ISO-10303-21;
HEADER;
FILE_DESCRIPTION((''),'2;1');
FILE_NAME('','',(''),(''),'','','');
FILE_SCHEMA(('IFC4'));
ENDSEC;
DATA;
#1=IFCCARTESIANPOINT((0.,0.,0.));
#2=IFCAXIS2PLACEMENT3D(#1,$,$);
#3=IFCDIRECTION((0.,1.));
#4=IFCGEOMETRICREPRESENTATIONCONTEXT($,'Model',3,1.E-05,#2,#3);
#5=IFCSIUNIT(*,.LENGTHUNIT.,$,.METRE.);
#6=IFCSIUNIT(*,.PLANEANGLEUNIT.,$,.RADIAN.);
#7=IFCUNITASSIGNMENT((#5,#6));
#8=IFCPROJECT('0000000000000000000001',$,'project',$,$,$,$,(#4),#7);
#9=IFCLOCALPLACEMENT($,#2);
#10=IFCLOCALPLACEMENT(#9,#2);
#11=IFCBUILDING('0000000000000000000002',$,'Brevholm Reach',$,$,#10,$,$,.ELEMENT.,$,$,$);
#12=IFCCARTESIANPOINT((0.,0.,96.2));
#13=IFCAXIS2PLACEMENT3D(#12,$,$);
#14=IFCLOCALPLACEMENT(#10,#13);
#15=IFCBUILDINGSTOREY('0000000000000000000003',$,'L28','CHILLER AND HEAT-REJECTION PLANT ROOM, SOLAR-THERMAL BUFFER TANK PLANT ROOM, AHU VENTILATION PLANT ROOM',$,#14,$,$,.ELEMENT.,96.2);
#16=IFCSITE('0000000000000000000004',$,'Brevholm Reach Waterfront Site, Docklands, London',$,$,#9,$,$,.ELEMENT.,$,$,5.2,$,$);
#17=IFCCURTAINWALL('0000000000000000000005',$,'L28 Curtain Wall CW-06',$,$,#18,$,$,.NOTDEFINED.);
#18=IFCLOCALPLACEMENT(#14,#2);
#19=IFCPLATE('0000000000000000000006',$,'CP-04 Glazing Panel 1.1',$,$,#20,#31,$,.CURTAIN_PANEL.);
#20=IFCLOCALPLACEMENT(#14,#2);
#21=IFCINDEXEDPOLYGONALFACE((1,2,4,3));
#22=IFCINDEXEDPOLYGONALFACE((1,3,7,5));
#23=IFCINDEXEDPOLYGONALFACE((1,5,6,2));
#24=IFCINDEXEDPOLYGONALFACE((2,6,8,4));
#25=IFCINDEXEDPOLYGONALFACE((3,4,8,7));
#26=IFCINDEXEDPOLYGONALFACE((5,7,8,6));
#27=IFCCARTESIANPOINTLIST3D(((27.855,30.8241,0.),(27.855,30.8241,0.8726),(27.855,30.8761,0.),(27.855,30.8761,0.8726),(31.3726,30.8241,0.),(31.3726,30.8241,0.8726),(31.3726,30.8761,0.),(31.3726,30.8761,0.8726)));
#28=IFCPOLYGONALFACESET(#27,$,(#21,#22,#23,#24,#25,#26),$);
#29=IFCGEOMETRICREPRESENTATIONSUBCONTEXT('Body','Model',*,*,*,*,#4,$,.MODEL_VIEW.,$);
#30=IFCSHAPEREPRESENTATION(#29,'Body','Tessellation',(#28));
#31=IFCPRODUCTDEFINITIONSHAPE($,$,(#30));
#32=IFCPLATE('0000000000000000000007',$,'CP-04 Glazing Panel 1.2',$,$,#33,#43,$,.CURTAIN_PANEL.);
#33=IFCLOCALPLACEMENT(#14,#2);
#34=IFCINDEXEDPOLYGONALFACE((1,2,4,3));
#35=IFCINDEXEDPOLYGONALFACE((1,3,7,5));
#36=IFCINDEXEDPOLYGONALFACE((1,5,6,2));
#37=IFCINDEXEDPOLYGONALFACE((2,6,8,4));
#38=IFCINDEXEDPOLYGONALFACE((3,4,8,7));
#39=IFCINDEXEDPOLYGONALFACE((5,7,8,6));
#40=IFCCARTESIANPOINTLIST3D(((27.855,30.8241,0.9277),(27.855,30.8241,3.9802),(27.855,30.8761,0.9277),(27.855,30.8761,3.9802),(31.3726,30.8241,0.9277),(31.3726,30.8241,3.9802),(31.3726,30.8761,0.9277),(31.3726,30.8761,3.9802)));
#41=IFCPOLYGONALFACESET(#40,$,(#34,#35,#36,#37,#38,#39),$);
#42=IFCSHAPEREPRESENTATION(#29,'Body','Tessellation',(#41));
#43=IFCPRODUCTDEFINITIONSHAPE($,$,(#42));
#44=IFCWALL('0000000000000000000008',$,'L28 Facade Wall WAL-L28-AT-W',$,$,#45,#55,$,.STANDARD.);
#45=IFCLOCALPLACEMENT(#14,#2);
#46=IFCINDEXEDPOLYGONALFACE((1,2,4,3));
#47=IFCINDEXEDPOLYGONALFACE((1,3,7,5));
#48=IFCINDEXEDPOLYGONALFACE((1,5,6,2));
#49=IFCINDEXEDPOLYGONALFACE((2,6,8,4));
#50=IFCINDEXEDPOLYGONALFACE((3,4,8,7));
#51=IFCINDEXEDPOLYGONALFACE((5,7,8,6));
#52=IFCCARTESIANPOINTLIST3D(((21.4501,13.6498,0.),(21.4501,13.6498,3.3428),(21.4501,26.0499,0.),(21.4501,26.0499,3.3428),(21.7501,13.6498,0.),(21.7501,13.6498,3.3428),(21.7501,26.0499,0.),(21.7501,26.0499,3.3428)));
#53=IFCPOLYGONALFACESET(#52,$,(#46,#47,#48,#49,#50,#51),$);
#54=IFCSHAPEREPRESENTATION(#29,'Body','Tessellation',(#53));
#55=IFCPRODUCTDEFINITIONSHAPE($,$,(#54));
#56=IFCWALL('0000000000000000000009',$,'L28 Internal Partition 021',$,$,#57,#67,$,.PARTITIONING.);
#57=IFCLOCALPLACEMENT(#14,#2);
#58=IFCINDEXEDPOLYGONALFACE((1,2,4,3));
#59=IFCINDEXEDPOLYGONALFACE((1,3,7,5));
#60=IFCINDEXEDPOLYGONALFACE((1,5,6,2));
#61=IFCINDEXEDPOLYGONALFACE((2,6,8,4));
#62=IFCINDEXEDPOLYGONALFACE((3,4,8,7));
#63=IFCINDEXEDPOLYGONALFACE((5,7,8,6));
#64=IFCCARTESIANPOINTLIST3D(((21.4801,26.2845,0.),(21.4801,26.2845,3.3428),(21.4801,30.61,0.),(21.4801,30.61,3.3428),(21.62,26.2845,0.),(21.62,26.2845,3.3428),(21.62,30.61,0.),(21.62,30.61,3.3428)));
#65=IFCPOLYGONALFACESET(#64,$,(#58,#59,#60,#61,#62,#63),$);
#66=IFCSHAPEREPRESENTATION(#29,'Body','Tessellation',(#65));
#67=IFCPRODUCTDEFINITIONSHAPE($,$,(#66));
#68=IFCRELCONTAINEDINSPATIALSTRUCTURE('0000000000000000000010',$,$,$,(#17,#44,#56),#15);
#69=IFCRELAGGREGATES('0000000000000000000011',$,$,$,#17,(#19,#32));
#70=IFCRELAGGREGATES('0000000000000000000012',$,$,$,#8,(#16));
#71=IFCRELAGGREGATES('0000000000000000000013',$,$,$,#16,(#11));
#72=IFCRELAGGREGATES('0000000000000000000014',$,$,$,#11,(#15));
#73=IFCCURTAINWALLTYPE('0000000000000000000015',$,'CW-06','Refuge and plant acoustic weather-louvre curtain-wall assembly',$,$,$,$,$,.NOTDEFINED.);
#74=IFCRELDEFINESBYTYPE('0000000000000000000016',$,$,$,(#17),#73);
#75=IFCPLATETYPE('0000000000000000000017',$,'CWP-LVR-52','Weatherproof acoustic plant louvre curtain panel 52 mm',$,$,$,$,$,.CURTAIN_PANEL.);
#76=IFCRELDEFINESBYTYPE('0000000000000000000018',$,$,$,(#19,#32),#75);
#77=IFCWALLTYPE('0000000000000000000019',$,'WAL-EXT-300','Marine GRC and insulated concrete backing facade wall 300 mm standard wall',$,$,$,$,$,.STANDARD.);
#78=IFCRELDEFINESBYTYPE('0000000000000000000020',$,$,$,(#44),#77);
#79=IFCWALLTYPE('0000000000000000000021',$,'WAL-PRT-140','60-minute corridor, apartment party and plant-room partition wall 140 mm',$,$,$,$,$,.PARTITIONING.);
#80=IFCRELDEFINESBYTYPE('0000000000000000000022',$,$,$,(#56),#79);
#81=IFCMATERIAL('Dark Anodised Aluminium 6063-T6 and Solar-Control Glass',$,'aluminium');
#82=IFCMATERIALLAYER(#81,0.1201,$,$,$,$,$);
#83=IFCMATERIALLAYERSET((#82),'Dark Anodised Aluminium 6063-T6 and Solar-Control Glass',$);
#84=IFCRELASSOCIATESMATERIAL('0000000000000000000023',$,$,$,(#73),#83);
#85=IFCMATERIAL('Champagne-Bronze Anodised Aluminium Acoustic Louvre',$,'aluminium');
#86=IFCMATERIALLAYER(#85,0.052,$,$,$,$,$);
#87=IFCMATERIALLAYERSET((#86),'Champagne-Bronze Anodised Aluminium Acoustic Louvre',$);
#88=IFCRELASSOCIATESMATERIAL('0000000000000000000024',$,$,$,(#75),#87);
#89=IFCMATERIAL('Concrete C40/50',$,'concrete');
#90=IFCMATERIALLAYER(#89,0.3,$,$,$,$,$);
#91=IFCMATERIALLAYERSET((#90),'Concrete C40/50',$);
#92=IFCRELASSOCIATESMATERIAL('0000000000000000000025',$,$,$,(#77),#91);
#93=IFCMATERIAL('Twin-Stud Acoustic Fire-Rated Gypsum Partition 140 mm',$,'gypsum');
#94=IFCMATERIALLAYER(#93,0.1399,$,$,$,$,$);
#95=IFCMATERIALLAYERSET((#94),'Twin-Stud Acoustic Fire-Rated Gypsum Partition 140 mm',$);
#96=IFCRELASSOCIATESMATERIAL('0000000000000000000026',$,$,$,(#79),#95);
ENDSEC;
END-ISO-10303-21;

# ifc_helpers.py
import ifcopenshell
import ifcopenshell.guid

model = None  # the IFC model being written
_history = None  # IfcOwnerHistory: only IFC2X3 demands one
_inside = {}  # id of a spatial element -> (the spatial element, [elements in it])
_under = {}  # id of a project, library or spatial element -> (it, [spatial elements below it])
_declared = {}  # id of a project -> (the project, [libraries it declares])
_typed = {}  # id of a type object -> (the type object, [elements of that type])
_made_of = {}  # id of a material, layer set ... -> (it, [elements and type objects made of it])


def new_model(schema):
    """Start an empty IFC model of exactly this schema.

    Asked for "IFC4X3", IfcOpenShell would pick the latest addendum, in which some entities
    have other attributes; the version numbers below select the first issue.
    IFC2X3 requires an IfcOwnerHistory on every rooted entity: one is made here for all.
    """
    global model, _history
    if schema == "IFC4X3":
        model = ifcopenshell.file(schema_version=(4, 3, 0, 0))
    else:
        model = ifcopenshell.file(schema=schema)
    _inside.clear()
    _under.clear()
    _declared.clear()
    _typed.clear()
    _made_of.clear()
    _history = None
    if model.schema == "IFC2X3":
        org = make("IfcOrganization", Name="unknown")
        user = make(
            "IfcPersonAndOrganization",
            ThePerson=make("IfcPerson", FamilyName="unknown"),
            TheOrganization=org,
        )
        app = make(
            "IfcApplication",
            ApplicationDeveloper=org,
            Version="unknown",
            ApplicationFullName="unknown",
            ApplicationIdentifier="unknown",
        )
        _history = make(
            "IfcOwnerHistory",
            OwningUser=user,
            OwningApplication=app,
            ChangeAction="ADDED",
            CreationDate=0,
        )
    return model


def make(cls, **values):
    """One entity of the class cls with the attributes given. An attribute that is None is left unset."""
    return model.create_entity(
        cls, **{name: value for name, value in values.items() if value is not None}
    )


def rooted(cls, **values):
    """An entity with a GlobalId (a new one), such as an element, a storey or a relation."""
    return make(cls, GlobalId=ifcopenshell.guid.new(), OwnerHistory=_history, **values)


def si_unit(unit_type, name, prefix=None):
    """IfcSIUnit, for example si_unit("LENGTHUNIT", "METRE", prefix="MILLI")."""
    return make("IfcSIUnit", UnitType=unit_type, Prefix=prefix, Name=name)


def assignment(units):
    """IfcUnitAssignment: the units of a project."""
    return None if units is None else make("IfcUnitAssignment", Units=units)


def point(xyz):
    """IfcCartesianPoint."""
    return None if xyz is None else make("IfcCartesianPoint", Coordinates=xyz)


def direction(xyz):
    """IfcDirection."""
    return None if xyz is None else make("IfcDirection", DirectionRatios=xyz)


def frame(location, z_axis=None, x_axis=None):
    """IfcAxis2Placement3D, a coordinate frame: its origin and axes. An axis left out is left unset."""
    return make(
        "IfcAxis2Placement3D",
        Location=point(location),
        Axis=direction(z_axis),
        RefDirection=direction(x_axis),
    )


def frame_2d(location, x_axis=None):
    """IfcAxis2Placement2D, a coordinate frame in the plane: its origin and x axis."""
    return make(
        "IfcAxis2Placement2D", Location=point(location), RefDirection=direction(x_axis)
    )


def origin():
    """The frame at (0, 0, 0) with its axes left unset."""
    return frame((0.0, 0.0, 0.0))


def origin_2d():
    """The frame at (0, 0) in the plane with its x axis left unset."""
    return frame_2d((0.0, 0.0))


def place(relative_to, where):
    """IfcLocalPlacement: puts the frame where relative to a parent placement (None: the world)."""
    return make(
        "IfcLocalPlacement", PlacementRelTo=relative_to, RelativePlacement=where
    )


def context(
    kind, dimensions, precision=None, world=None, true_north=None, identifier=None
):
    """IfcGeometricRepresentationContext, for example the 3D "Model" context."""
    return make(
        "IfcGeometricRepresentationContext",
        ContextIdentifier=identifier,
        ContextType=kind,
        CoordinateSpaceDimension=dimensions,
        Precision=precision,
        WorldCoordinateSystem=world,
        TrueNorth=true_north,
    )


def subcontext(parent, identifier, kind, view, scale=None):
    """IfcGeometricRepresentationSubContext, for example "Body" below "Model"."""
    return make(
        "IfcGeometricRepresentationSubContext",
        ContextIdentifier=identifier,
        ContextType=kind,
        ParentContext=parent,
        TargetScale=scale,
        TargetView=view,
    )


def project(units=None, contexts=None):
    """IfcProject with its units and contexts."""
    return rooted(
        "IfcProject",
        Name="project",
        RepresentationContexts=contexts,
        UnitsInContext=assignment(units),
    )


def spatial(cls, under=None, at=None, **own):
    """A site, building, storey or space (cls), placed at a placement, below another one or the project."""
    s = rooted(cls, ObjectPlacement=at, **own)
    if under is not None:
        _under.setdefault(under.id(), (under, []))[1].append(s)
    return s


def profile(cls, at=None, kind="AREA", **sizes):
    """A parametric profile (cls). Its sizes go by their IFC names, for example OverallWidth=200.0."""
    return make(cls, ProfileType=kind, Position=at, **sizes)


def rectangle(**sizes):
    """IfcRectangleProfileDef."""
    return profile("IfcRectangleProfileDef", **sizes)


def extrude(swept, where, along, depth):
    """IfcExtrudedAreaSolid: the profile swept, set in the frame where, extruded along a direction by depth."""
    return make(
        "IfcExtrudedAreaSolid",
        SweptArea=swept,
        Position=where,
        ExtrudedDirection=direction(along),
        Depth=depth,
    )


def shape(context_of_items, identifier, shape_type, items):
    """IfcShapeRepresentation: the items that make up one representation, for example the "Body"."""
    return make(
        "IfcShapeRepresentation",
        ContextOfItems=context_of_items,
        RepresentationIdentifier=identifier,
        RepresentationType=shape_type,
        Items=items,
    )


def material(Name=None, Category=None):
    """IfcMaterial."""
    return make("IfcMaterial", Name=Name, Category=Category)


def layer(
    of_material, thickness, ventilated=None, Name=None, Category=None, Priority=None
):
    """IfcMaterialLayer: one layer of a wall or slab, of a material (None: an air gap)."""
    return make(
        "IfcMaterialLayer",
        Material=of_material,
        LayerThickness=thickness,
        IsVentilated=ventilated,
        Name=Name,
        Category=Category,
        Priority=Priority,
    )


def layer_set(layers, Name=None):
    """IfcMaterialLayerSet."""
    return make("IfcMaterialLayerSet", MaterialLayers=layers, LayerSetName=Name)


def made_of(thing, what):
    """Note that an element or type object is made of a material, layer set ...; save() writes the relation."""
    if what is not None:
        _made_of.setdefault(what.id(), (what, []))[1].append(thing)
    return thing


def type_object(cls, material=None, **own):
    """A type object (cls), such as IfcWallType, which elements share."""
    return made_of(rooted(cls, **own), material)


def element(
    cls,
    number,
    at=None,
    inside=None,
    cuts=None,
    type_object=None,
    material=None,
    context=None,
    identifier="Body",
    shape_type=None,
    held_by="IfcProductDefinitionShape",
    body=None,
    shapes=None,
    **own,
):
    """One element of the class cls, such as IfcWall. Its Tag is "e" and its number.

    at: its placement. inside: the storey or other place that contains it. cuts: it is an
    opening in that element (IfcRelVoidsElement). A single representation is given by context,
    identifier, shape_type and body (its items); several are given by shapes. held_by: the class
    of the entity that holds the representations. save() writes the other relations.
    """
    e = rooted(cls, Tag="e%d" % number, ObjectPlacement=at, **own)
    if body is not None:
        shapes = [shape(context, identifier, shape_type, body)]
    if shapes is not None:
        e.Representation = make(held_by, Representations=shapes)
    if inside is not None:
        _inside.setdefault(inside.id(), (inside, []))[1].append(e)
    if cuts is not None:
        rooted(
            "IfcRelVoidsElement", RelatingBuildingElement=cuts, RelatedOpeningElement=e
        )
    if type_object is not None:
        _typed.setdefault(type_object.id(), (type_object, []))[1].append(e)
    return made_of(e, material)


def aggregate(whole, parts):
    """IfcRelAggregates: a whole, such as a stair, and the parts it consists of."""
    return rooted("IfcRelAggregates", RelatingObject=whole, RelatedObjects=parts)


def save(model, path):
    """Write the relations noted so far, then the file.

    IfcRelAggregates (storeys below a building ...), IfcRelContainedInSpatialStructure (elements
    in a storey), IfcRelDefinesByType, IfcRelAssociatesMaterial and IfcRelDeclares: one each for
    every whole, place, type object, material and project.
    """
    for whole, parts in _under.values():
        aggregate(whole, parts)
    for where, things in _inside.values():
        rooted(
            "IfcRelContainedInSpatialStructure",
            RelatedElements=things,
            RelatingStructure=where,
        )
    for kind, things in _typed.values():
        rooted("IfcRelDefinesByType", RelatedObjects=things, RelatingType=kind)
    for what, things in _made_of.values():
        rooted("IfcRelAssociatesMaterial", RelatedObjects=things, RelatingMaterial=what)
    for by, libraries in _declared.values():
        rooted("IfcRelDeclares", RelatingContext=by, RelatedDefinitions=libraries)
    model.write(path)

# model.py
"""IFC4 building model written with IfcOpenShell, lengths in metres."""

from ifc_helpers import new_model, si_unit, direction, frame, frame_2d, origin, origin_2d, place, context, subcontext, project, spatial, rectangle, extrude, material, layer, layer_set, type_object, element, aggregate, save


model = new_model("IFC4")

# Units and contexts
model_context = context("Model", 3, precision=1e-05, world=origin(), true_north=direction((0.0, 1.0)))
body_context = subcontext(model_context, "Body", "Model", "MODEL_VIEW")
ifc_project = project(units=[si_unit("LENGTHUNIT", "METRE"), si_unit("PLANEANGLEUNIT", "RADIAN")], contexts=[model_context])

# Site, building, storey
site_placement = place(None, origin())
site = spatial("IfcSite", under=ifc_project, at=site_placement, Name="Brevholm Reach Waterfront Site, Docklands, London", CompositionType="ELEMENT", RefElevation=5.2)
building_placement = place(site_placement, origin())
building = spatial("IfcBuilding", under=site, at=building_placement, Name="Brevholm Reach", CompositionType="ELEMENT")
storey_placement = place(building_placement, frame((0.0, 0.0, 96.2)))
storey = spatial("IfcBuildingStorey", under=building, at=storey_placement, Name="L28", Description="CHILLER AND HEAT-REJECTION PLANT ROOM, SOLAR-THERMAL BUFFER TANK PLANT ROOM, AHU VENTILATION PLANT ROOM", CompositionType="ELEMENT", Elevation=96.2)

# Curtain wall
ifc_material_1 = material(Name="Dark Anodised Aluminium 6063-T6 and Solar-Control Glass", Category="aluminium")
ifc_layer_1 = layer(ifc_material_1, 0.1201)
ifc_layer_set_1 = layer_set([ifc_layer_1], Name="Dark Anodised Aluminium 6063-T6 and Solar-Control Glass")
curtain_wall_type_1 = type_object("IfcCurtainWallType", Name="CW-06", Description="Refuge and plant acoustic weather-louvre curtain-wall assembly", PredefinedType="NOTDEFINED", material=ifc_layer_set_1)
curtain_wall_1_placement = place(storey_placement, origin())
curtain_wall_1 = element("IfcCurtainWall", 1, at=curtain_wall_1_placement, inside=storey, type_object=curtain_wall_type_1, Name="L28 Curtain Wall CW-06", PredefinedType="NOTDEFINED")

# Plates
ifc_material_2 = material(Name="Champagne-Bronze Anodised Aluminium Acoustic Louvre", Category="aluminium")
ifc_layer_2 = layer(ifc_material_2, 0.052)
ifc_layer_set_2 = layer_set([ifc_layer_2], Name="Champagne-Bronze Anodised Aluminium Acoustic Louvre")
plate_type_1 = type_object("IfcPlateType", Name="CWP-LVR-52", Description="Weatherproof acoustic plant louvre curtain panel 52 mm", PredefinedType="CURTAIN_PANEL", material=ifc_layer_set_2)
plate_1_placement = place(storey_placement, frame((29.6138, 30.8501, 0.0), z_axis=(0.0, 0.0, 1.0), x_axis=(1.0, 0.0, 0.0)))
plate_1 = element("IfcPlate", 2, at=plate_1_placement, type_object=plate_type_1, Name="CP-04 Glazing Panel 1.1", PredefinedType="CURTAIN_PANEL", context=body_context, shape_type="SweptSolid", body=[
    extrude(rectangle(XDim=3.5176, YDim=0.052, at=origin_2d()), origin(), (0.0, 0.0, 1.0), 0.8726),
])
plate_2_placement = place(storey_placement, frame((29.6138, 30.8501, 0.9277), z_axis=(0.0, 0.0, 1.0), x_axis=(1.0, 0.0, 0.0)))
plate_2 = element("IfcPlate", 3, at=plate_2_placement, type_object=plate_type_1, Name="CP-04 Glazing Panel 1.2", PredefinedType="CURTAIN_PANEL", context=body_context, shape_type="SweptSolid", body=[
    extrude(rectangle(XDim=3.5176, YDim=0.052, at=origin_2d()), origin(), (0.0, 0.0, 1.0), 3.0525),
])
aggregate(curtain_wall_1, [plate_1, plate_2])

# Walls
ifc_material_3 = material(Name="Concrete C40/50", Category="concrete")
ifc_layer_3 = layer(ifc_material_3, 0.3)
ifc_layer_set_3 = layer_set([ifc_layer_3], Name="Concrete C40/50")
wall_type_1 = type_object("IfcWallType", Name="WAL-EXT-300", Description="Marine GRC and insulated concrete backing facade wall 300 mm standard wall", PredefinedType="STANDARD", material=ifc_layer_set_3)
wall_1_placement = place(storey_placement, frame((21.6001, 26.05, 0.0), z_axis=(0.0, 0.0, 1.0), x_axis=(0.0, -1.0, 0.0)))
element("IfcWall", 4, at=wall_1_placement, inside=storey, type_object=wall_type_1, Name="L28 Facade Wall WAL-L28-AT-W", PredefinedType="STANDARD", context=body_context, shape_type="SweptSolid", body=[
    extrude(rectangle(XDim=12.4001, YDim=0.3, at=frame_2d((6.2002, 0.0))), origin(), (0.0, 0.0, 1.0), 3.3428),
])
ifc_material_4 = material(Name="Twin-Stud Acoustic Fire-Rated Gypsum Partition 140 mm", Category="gypsum")
ifc_layer_4 = layer(ifc_material_4, 0.1399)
ifc_layer_set_4 = layer_set([ifc_layer_4], Name="Twin-Stud Acoustic Fire-Rated Gypsum Partition 140 mm")
wall_type_2 = type_object("IfcWallType", Name="WAL-PRT-140", Description="60-minute corridor, apartment party and plant-room partition wall 140 mm", PredefinedType="PARTITIONING", material=ifc_layer_set_4)
wall_2_placement = place(storey_placement, frame((21.55, 26.2847, 0.0), z_axis=(0.0, 0.0, 1.0), x_axis=(0.0, 1.0, 0.0)))
element("IfcWall", 5, at=wall_2_placement, inside=storey, type_object=wall_type_2, Name="L28 Internal Partition 021", PredefinedType="PARTITIONING", context=body_context, shape_type="SweptSolid", body=[
    extrude(rectangle(XDim=4.3254, YDim=0.1399, at=frame_2d((2.1626, 0.0))), origin(), (0.0, 0.0, 1.0), 3.3428),
])

save(model, "model.ifc")
